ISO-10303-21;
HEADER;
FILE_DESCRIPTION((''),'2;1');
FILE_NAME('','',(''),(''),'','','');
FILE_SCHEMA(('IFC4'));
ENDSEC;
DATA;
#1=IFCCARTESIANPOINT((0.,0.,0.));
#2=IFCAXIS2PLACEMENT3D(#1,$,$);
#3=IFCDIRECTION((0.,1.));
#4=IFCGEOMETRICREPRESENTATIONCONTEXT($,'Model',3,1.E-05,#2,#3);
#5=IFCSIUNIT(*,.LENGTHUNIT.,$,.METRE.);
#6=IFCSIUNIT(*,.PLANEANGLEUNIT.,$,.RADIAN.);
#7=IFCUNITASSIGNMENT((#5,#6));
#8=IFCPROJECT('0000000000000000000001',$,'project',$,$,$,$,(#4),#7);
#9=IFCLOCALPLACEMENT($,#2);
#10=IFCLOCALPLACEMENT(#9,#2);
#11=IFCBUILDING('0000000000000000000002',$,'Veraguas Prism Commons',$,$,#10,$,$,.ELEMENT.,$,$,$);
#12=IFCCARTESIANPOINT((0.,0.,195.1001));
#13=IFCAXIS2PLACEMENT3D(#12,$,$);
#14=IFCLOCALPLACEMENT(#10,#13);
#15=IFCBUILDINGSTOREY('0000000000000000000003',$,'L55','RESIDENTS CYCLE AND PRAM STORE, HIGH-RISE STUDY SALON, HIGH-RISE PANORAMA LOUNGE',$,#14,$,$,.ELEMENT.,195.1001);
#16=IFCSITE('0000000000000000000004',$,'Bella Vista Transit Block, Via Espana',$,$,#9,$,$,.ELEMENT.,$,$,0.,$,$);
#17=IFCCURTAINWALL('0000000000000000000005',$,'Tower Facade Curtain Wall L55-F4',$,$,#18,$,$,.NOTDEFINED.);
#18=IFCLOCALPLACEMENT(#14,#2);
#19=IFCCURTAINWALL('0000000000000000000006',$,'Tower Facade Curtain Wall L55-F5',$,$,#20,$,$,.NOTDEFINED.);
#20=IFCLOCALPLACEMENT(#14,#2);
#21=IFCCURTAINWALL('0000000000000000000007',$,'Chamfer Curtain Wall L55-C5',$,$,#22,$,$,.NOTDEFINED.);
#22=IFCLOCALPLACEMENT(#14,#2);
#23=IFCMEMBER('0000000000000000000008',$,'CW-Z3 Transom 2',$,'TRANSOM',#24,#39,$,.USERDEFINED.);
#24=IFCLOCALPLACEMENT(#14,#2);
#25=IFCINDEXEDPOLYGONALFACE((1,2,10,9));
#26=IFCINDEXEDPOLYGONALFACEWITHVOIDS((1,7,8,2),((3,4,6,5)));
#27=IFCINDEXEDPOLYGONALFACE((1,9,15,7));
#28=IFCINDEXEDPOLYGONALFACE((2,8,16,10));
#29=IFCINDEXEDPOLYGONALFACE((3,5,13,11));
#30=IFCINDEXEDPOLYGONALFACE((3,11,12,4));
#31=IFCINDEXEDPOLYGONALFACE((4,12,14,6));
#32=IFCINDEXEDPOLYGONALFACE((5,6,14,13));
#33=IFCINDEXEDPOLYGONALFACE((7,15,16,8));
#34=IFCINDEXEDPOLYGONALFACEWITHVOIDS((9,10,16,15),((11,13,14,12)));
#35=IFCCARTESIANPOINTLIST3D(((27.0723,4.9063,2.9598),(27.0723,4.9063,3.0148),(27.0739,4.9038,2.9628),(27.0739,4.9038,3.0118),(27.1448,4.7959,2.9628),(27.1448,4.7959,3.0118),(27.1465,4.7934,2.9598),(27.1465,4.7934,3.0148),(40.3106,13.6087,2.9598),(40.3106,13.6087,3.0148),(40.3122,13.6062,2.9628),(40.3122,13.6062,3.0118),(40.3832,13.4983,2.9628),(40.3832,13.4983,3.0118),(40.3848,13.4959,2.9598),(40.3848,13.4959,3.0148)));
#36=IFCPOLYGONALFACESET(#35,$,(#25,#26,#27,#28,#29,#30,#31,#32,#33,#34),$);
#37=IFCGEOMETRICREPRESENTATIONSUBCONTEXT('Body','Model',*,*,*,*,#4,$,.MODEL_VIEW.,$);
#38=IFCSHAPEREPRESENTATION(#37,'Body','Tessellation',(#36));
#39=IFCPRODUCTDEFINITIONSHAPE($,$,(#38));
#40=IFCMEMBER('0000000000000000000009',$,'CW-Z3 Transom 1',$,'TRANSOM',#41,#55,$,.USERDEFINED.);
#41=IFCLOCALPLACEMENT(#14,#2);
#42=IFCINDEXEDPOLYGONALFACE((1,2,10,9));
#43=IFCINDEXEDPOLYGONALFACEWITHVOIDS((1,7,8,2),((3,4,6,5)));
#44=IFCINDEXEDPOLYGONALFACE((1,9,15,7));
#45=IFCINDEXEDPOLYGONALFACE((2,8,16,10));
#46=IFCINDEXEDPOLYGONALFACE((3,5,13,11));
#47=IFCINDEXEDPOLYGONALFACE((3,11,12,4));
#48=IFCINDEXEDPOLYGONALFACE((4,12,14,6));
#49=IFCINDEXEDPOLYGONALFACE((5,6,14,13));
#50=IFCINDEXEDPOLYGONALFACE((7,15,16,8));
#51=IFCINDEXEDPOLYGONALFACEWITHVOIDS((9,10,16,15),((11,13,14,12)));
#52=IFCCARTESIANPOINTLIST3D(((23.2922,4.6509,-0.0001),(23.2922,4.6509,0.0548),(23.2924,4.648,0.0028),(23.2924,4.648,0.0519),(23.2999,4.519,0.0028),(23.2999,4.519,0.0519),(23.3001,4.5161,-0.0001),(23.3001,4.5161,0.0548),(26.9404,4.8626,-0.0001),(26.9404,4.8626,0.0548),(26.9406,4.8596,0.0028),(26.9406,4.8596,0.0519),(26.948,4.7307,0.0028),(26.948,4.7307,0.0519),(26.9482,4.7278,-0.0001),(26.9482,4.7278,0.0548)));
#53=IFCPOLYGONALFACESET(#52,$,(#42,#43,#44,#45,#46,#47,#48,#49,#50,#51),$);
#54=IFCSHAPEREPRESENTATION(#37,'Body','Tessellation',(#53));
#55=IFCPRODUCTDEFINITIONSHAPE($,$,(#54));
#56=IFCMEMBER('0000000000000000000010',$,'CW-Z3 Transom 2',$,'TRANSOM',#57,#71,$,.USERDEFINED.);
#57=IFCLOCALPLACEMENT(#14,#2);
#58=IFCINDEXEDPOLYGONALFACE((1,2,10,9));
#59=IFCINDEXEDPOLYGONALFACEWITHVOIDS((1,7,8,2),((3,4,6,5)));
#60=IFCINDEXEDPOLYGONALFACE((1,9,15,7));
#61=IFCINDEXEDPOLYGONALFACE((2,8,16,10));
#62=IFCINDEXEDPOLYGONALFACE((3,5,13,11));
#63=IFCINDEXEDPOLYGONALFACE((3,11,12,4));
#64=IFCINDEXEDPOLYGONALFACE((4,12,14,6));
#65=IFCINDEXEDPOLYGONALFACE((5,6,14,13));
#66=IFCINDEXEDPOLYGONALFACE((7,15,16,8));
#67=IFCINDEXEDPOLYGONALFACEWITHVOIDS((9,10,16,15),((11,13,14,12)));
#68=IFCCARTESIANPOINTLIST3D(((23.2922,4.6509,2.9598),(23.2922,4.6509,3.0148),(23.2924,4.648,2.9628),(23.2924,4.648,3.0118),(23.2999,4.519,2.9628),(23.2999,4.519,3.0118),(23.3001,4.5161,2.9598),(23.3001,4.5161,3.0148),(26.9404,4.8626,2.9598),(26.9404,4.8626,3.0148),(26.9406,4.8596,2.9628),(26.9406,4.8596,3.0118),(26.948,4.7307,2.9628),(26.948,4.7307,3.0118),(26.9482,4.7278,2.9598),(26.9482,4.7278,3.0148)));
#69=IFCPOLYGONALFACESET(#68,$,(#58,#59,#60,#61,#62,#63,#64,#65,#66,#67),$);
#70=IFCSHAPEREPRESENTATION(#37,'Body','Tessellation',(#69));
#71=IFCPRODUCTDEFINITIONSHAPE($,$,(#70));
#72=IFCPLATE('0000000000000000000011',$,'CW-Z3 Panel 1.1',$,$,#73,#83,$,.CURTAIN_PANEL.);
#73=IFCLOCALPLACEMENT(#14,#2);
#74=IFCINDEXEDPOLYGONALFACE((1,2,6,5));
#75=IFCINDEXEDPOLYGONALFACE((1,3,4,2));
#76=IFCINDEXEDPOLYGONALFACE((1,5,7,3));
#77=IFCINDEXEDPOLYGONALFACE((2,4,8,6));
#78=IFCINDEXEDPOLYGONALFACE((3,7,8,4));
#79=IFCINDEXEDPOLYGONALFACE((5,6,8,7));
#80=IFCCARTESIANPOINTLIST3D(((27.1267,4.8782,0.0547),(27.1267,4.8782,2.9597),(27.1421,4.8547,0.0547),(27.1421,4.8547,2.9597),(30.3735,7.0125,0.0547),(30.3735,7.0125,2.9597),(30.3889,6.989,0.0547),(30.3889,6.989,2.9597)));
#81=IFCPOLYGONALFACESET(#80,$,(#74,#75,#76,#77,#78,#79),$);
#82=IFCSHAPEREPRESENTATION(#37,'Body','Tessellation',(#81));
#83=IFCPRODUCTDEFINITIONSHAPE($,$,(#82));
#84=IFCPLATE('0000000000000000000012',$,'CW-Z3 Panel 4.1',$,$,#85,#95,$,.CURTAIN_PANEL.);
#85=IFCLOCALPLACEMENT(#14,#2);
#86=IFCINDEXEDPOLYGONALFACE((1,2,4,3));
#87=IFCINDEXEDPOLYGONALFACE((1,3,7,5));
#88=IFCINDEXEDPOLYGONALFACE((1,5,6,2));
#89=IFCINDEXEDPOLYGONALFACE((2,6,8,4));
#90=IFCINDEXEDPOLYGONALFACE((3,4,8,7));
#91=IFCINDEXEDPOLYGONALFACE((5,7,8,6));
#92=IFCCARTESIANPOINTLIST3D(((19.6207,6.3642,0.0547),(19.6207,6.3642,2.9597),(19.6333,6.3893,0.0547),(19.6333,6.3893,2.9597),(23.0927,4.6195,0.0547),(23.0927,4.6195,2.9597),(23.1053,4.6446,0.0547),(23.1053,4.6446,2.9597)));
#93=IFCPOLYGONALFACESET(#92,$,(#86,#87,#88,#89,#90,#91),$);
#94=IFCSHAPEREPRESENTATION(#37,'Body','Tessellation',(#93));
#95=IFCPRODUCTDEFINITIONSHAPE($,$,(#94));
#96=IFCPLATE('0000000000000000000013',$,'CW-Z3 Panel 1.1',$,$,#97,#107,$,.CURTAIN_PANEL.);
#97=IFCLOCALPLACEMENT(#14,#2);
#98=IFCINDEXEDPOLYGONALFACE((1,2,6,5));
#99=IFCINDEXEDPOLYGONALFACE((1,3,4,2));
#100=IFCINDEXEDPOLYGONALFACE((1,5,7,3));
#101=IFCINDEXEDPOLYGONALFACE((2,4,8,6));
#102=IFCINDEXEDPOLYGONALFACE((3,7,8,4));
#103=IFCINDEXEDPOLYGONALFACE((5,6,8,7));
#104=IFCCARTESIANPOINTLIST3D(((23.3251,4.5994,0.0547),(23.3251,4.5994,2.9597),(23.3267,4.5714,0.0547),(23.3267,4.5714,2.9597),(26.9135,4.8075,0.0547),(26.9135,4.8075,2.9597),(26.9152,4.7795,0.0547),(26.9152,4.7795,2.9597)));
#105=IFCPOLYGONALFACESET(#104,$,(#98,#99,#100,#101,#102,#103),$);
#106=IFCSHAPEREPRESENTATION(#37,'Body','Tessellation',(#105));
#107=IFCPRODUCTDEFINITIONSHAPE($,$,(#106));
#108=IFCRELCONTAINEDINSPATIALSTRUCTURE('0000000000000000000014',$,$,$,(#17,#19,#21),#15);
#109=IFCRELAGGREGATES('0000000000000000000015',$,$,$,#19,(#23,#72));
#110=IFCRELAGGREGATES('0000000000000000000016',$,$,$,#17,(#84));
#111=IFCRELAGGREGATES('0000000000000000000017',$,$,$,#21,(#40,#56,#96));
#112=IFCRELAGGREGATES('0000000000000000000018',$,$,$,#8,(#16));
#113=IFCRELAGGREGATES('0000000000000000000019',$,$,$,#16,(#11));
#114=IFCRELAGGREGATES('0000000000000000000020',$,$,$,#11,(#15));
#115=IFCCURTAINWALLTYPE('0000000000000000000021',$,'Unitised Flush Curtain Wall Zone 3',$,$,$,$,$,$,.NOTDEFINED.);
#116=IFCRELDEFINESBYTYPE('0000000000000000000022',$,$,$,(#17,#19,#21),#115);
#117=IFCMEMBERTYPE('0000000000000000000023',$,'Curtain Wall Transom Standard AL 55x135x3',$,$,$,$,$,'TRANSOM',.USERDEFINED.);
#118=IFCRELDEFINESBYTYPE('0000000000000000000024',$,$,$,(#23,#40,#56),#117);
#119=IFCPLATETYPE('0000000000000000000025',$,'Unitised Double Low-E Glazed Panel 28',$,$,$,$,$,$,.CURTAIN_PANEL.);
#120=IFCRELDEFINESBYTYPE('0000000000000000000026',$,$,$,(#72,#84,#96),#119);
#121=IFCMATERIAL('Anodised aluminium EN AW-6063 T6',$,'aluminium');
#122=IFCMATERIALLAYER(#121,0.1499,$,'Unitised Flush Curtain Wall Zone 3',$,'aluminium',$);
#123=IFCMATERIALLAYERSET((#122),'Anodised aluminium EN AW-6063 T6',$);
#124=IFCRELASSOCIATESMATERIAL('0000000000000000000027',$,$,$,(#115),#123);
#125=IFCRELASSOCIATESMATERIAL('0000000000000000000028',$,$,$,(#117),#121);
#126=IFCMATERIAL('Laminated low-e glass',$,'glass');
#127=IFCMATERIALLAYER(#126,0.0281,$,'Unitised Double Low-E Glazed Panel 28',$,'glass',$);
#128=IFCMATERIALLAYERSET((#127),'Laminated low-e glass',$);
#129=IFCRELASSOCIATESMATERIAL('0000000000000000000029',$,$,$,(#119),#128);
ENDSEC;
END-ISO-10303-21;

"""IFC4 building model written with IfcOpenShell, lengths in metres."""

from ifc_helpers import new_model, si_unit, direction, frame, origin, origin_2d, place, context, subcontext, project, spatial, rectangle, hollow_rectangle, extrude, source, transform, mapped, material, layer, layer_set, material_profile, profile_set, type_object, element, aggregate, save


model = new_model("IFC4")

# Units and contexts
model_context = context("Model", 3, precision=1e-05, world=origin(), true_north=direction((0.0, 1.0)))
body_context = subcontext(model_context, "Body", "Model", "MODEL_VIEW")
ifc_project = project(units=[si_unit("LENGTHUNIT", "METRE"), si_unit("PLANEANGLEUNIT", "RADIAN")], contexts=[model_context])

# Site, building, storey
site_placement = place(None, origin())
site = spatial("IfcSite", under=ifc_project, at=site_placement, Name="Bella Vista Transit Block, Via Espana", CompositionType="ELEMENT", RefElevation=0.0)
building_placement = place(site_placement, origin())
building = spatial("IfcBuilding", under=site, at=building_placement, Name="Veraguas Prism Commons", CompositionType="ELEMENT")
storey_placement = place(building_placement, frame((0.0, 0.0, 195.1001)))
storey = spatial("IfcBuildingStorey", under=building, at=storey_placement, Name="L55", Description="RESIDENTS CYCLE AND PRAM STORE, HIGH-RISE STUDY SALON, HIGH-RISE PANORAMA LOUNGE", CompositionType="ELEMENT", Elevation=195.1001)

# Curtain walls
ifc_material_1 = material(Name="Anodised aluminium EN AW-6063 T6", Category="aluminium")
ifc_layer_1 = layer(ifc_material_1, 0.1499, Name="Unitised Flush Curtain Wall Zone 3", Category="aluminium")
ifc_layer_set_1 = layer_set([ifc_layer_1], Name="Anodised aluminium EN AW-6063 T6")
curtain_wall_type = type_object("IfcCurtainWallType", Name="Unitised Flush Curtain Wall Zone 3", PredefinedType="NOTDEFINED", material=ifc_layer_set_1)
curtain_wall_1_placement = place(storey_placement, origin())
curtain_wall_1 = element("IfcCurtainWall", 1, at=curtain_wall_1_placement, inside=storey, type_object=curtain_wall_type, Name="Tower Facade Curtain Wall L55-F4", PredefinedType="NOTDEFINED")
curtain_wall_2_placement = place(storey_placement, origin())
curtain_wall_2 = element("IfcCurtainWall", 2, at=curtain_wall_2_placement, inside=storey, type_object=curtain_wall_type, Name="Tower Facade Curtain Wall L55-F5", PredefinedType="NOTDEFINED")

# Curtain wall
curtain_wall_3_placement = place(storey_placement, origin())
curtain_wall_3 = element("IfcCurtainWall", 3, at=curtain_wall_3_placement, inside=storey, type_object=curtain_wall_type, Name="Chamfer Curtain Wall L55-C5", PredefinedType="NOTDEFINED")

# Members
ifc_material_profile_1 = material_profile(ifc_material_1, hollow_rectangle(XDim=0.0549, YDim=0.135, WallThickness=0.0029, at=origin_2d()), Name="AL55X135X3")
ifc_profile_set_1 = profile_set([ifc_material_profile_1], Name="Anodised aluminium EN AW-6063 T6")
member_type_1 = type_object("IfcMemberType", Name="Curtain Wall Transom Standard AL 55x135x3", ElementType="TRANSOM", PredefinedType="USERDEFINED", material=ifc_profile_set_1)
shared_shape_1 = source(origin(), body_context, "Body", "SweptSolid", [
    extrude(hollow_rectangle(XDim=0.0549, YDim=0.135, WallThickness=0.0029, at=origin_2d()), origin(), (0.0, 0.0, 1.0), 15.8425),
])
member_1_placement = place(storey_placement, frame((27.1094, 4.8499, 2.9873), z_axis=(0.83562, 0.549308, 0.0), x_axis=(0.0, 0.0, 1.0)))
member_1 = element("IfcMember", 4, at=member_1_placement, type_object=member_type_1, Name="CW-Z3 Transom 2", ObjectType="TRANSOM", PredefinedType="USERDEFINED", context=body_context, shape_type="MappedRepresentation", body=[
    mapped(shared_shape_1, transform((0.0, 0.0, 0.0), scale=1.0)),
])
shared_shape_2 = source(origin(), body_context, "Body", "SweptSolid", [
    extrude(hollow_rectangle(XDim=0.0549, YDim=0.135, WallThickness=0.0029, at=origin_2d()), origin(), (0.0, 0.0, 1.0), 3.6543),
])
member_2_placement = place(storey_placement, frame((23.2961, 4.5835, 0.0273), z_axis=(0.998321, 0.057923, 0.0), x_axis=(0.0, 0.0, 1.0)))
member_2 = element("IfcMember", 5, at=member_2_placement, type_object=member_type_1, Name="CW-Z3 Transom 1", ObjectType="TRANSOM", PredefinedType="USERDEFINED", context=body_context, shape_type="MappedRepresentation", body=[
    mapped(shared_shape_2, transform((0.0, 0.0, 0.0), scale=1.0)),
])
member_3_placement = place(storey_placement, frame((23.2961, 4.5835, 2.9873), z_axis=(0.998321, 0.057923, 0.0), x_axis=(0.0, 0.0, 1.0)))
member_3 = element("IfcMember", 6, at=member_3_placement, type_object=member_type_1, Name="CW-Z3 Transom 2", ObjectType="TRANSOM", PredefinedType="USERDEFINED", context=body_context, shape_type="MappedRepresentation", body=[
    mapped(shared_shape_2, transform((0.0, 0.0, 0.0), scale=1.0)),
])

# Plates
ifc_material_2 = material(Name="Laminated low-e glass", Category="glass")
ifc_layer_2 = layer(ifc_material_2, 0.0281, Name="Unitised Double Low-E Glazed Panel 28", Category="glass")
ifc_layer_set_2 = layer_set([ifc_layer_2], Name="Laminated low-e glass")
plate_type = type_object("IfcPlateType", Name="Unitised Double Low-E Glazed Panel 28", PredefinedType="CURTAIN_PANEL", material=ifc_layer_set_2)
shared_shape_3 = source(origin(), body_context, "Body", "SweptSolid", [
    extrude(rectangle(XDim=3.8855, YDim=0.0281, at=origin_2d()), origin(), (0.0, 0.0, 1.0), 2.905),
])
plate_1_placement = place(storey_placement, frame((28.7578, 5.9336, 0.0547), z_axis=(0.0, 0.0, 1.0), x_axis=(0.835621, 0.549306, 0.0)))
plate_1 = element("IfcPlate", 7, at=plate_1_placement, type_object=plate_type, Name="CW-Z3 Panel 1.1", PredefinedType="CURTAIN_PANEL", context=body_context, shape_type="MappedRepresentation", body=[
    mapped(shared_shape_3, transform((0.0, 0.0, 0.0), scale=1.0)),
])
aggregate(curtain_wall_2, [member_1, plate_1])
shared_shape_4 = source(origin(), body_context, "Body", "SweptSolid", [
    extrude(rectangle(XDim=3.8857, YDim=0.0281, at=origin_2d()), origin(), (0.0, 0.0, 1.0), 2.905),
])
plate_2_placement = place(storey_placement, frame((21.363, 5.5044, 0.0547), z_axis=(0.0, 0.0, 1.0), x_axis=(0.893526, -0.449012, 0.0)))
plate_2 = element("IfcPlate", 8, at=plate_2_placement, type_object=plate_type, Name="CW-Z3 Panel 4.1", PredefinedType="CURTAIN_PANEL", context=body_context, shape_type="MappedRepresentation", body=[
    mapped(shared_shape_4, transform((0.0, 0.0, 0.0), scale=1.0)),
])
aggregate(curtain_wall_1, [plate_2])
shared_shape_5 = source(origin(), body_context, "Body", "SweptSolid", [
    extrude(rectangle(XDim=3.5945, YDim=0.0281, at=origin_2d()), origin(), (0.0, 0.0, 1.0), 2.905),
])
plate_3_placement = place(storey_placement, frame((25.1201, 4.6895, 0.0547), z_axis=(0.0, 0.0, 1.0), x_axis=(0.998322, 0.057909, 0.0)))
plate_3 = element("IfcPlate", 9, at=plate_3_placement, type_object=plate_type, Name="CW-Z3 Panel 1.1", PredefinedType="CURTAIN_PANEL", context=body_context, shape_type="MappedRepresentation", body=[
    mapped(shared_shape_5, transform((0.0, 0.0, 0.0), scale=1.0)),
])
aggregate(curtain_wall_3, [member_2, member_3, plate_3])

save(model, "model.ifc")
